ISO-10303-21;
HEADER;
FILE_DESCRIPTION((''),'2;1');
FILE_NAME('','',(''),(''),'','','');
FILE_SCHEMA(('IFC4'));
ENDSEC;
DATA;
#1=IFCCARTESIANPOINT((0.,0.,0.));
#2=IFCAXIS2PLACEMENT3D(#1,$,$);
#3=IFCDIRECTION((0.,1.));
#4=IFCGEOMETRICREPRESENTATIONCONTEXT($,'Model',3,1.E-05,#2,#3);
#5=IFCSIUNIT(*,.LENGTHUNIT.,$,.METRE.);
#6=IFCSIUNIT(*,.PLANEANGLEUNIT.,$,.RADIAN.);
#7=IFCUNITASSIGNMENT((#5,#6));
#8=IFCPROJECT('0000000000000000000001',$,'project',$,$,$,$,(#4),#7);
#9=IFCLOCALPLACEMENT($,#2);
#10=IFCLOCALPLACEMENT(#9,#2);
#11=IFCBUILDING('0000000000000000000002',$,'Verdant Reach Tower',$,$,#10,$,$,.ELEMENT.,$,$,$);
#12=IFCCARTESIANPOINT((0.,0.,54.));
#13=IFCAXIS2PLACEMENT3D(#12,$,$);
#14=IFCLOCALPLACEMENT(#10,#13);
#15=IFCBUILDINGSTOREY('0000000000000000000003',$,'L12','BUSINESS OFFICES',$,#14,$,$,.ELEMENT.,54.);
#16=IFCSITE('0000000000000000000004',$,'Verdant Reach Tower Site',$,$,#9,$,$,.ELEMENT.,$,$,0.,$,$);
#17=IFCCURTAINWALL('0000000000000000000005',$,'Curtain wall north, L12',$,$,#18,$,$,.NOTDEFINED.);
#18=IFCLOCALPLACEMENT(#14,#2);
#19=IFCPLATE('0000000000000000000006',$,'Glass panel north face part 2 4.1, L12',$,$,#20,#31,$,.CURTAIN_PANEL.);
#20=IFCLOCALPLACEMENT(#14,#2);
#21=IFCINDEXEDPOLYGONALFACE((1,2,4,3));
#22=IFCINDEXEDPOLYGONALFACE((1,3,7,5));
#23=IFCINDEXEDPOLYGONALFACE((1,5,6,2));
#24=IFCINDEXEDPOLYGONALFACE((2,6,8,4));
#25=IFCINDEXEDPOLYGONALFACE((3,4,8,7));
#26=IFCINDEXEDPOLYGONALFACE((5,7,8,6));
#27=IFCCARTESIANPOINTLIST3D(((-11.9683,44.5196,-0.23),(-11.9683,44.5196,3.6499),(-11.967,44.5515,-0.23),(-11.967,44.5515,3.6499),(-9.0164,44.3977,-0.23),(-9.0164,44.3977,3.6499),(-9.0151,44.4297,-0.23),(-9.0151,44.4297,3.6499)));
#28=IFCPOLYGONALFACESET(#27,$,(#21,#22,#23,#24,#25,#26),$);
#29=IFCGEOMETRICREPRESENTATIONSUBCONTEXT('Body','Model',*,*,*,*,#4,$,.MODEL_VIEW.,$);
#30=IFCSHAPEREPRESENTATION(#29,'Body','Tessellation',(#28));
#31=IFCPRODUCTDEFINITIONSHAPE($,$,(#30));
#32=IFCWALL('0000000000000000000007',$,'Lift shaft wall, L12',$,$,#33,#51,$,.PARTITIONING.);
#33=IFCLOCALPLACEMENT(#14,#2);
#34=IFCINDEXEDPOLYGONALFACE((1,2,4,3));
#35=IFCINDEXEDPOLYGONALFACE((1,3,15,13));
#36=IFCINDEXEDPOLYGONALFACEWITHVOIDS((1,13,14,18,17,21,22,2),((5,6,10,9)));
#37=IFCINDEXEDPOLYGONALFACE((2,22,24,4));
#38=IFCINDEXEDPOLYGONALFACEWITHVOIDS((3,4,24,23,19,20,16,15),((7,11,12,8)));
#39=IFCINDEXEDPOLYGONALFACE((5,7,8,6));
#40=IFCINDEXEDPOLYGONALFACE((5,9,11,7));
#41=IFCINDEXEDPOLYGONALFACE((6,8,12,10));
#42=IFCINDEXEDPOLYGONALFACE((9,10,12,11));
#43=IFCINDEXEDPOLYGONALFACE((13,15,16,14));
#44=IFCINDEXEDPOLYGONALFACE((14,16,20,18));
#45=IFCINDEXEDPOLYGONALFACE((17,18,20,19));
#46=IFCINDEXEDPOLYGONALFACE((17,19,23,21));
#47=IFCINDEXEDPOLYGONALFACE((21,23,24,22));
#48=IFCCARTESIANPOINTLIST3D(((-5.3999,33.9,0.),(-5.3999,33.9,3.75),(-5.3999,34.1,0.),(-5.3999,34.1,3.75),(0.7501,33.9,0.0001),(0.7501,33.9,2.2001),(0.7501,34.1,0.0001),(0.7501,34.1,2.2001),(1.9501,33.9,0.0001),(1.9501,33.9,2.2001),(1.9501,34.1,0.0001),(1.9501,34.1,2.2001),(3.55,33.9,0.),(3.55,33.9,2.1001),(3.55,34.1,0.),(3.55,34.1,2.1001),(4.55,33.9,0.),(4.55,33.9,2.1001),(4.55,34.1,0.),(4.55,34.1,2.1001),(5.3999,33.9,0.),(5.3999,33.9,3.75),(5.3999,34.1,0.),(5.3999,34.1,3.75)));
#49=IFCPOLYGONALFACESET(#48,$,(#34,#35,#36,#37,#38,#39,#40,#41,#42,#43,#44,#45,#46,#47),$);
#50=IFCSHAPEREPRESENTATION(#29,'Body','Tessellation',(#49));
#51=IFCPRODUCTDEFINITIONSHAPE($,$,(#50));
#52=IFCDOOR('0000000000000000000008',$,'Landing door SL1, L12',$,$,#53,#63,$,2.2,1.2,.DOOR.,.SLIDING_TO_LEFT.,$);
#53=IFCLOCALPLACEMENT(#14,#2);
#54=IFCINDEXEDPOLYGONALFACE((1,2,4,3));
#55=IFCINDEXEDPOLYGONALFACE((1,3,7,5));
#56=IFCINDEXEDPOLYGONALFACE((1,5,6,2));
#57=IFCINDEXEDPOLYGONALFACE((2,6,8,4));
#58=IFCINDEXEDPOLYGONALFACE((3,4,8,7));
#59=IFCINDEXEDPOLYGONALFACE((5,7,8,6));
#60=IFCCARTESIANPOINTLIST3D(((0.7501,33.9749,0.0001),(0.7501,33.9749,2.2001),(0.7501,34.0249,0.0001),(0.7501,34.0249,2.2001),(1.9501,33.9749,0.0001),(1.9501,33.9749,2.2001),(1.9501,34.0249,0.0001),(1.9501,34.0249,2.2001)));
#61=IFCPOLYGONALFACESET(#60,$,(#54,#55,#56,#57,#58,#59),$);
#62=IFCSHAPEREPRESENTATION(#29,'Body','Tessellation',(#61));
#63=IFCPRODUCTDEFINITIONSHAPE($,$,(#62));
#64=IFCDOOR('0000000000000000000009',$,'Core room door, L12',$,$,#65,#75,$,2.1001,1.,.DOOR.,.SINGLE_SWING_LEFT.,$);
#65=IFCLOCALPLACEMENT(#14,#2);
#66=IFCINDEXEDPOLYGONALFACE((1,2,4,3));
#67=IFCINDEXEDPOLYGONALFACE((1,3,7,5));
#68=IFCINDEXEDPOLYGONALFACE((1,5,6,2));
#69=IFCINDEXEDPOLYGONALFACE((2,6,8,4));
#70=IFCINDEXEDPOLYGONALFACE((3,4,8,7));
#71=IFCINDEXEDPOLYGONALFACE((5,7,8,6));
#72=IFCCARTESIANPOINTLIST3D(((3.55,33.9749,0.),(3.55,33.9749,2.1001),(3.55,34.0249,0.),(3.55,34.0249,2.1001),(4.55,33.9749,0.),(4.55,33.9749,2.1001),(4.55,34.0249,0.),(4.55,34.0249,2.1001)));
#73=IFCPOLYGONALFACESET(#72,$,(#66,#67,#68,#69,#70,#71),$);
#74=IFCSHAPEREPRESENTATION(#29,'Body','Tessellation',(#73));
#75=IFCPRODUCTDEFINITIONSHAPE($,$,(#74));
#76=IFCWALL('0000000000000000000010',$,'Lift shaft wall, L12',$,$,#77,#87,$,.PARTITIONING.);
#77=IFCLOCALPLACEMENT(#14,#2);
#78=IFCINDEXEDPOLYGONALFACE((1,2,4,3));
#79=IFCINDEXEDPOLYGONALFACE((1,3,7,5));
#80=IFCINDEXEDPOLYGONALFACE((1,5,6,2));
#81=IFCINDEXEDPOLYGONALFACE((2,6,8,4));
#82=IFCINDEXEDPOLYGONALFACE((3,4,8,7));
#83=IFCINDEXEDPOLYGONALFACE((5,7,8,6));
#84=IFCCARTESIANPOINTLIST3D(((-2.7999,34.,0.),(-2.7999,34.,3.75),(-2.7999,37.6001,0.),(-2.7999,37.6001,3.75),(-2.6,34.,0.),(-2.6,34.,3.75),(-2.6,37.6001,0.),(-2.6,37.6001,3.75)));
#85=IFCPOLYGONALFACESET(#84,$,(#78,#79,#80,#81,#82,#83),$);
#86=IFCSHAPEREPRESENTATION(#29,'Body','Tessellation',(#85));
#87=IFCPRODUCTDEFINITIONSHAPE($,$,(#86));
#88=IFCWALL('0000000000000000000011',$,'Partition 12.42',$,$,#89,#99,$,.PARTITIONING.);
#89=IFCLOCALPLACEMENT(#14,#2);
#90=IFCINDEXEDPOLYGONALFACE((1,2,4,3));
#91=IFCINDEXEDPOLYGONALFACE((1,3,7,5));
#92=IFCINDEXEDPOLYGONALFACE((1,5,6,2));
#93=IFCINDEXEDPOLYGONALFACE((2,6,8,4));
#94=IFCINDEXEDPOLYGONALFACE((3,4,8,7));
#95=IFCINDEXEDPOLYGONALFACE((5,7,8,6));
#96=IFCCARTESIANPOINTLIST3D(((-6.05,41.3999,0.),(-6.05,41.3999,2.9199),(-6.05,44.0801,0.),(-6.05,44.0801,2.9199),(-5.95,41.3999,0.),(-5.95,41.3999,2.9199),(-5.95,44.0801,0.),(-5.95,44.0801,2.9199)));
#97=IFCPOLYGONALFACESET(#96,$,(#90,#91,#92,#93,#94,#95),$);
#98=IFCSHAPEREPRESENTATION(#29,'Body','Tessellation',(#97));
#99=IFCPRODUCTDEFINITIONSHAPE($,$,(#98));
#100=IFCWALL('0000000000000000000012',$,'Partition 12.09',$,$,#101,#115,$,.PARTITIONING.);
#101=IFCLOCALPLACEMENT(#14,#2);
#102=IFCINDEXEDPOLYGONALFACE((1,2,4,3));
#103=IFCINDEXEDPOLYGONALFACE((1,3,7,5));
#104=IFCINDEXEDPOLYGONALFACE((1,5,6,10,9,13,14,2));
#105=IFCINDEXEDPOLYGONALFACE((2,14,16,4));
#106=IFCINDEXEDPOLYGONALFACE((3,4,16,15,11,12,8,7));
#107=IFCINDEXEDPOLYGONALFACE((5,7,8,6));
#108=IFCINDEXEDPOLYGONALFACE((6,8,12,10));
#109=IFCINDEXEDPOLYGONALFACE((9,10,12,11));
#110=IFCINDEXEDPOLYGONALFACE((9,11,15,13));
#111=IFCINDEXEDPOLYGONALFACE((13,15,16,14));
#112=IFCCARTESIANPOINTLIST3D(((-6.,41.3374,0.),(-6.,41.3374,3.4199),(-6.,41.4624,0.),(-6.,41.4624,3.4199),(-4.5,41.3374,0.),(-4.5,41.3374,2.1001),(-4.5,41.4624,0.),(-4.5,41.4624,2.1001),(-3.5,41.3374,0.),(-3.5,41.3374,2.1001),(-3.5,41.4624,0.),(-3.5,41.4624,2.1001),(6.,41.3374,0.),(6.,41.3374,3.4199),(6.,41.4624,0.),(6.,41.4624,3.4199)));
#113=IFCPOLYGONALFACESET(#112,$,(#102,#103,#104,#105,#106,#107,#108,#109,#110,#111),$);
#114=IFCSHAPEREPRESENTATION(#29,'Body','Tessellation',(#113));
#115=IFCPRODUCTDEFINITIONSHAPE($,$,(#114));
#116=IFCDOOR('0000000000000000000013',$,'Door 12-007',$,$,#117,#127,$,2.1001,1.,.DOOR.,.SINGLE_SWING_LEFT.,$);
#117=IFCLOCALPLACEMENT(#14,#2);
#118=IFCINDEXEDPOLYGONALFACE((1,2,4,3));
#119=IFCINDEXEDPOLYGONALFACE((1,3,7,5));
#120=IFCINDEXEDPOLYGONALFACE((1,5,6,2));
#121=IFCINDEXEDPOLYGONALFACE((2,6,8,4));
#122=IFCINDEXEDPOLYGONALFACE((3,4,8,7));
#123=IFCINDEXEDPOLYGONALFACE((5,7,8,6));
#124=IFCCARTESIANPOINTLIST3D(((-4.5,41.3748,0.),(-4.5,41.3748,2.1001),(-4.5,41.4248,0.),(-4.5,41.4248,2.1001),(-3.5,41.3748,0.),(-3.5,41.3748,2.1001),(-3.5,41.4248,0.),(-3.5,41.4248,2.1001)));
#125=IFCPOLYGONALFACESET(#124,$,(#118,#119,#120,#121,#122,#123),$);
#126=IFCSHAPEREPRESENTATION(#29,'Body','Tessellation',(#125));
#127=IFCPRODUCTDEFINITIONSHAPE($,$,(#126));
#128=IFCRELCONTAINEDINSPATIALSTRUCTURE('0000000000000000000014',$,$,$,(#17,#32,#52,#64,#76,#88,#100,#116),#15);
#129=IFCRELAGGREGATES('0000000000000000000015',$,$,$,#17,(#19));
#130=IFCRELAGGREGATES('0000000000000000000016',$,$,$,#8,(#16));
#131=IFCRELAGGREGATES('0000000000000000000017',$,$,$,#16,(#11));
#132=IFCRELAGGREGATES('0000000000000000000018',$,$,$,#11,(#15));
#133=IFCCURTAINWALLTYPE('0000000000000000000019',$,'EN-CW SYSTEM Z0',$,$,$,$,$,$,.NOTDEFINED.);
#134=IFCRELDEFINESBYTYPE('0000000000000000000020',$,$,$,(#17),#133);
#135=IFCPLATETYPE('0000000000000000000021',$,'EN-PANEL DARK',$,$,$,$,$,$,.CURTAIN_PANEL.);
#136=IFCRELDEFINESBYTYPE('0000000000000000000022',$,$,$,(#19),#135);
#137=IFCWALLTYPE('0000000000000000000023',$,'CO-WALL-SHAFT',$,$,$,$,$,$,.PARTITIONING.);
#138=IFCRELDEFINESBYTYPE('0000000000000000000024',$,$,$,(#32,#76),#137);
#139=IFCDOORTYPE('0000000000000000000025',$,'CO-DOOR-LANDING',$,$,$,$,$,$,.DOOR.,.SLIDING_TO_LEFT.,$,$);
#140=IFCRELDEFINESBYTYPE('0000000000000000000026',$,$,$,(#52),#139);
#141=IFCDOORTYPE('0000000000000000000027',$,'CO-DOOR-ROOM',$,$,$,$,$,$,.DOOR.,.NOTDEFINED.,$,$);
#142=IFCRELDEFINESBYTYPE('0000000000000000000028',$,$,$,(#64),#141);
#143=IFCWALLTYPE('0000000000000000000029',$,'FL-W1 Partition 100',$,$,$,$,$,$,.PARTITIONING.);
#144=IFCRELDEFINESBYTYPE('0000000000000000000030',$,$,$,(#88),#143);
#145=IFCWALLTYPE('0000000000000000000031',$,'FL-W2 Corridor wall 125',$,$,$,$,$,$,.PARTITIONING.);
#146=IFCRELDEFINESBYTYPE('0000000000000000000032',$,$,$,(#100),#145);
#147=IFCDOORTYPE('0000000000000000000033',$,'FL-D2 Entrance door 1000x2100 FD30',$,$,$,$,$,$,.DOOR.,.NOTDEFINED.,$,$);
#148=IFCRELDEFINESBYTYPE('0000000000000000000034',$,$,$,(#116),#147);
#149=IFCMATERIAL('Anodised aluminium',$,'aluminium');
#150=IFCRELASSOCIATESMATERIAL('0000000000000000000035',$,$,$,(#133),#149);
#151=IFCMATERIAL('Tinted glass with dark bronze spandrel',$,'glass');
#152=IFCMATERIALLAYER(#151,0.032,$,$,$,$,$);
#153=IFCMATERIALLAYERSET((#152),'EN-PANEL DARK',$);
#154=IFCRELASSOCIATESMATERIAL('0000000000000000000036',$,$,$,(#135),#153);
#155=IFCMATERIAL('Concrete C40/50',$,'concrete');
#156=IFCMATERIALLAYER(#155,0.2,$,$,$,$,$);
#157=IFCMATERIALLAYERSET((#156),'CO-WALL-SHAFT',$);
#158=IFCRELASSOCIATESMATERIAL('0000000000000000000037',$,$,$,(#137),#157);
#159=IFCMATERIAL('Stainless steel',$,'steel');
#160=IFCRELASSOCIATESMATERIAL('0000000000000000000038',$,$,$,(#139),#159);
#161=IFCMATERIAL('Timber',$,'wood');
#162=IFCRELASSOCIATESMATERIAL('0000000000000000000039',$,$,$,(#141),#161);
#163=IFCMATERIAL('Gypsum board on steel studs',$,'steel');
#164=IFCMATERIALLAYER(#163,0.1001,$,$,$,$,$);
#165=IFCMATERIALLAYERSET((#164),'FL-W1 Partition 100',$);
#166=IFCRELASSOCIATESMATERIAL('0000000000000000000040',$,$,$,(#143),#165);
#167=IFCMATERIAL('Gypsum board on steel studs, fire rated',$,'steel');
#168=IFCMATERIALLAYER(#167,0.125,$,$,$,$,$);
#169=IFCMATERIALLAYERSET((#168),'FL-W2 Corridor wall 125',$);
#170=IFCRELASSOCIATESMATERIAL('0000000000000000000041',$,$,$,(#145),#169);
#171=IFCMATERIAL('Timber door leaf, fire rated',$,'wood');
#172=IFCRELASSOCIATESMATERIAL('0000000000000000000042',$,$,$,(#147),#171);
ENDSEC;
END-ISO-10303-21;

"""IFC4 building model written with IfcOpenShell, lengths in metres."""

from ifc_helpers import new_model, si_unit, direction, frame, frame_2d, origin, origin_2d, place, context, subcontext, project, spatial, rectangle, extrude, material, layer, layer_set, type_object, element, fill, aggregate, save


model = new_model("IFC4")

# Units and contexts
model_context = context("Model", 3, precision=1e-05, world=origin(), true_north=direction((0.0, 1.0)))
body_context = subcontext(model_context, "Body", "Model", "MODEL_VIEW")
ifc_project = project(units=[si_unit("LENGTHUNIT", "METRE"), si_unit("PLANEANGLEUNIT", "RADIAN")], contexts=[model_context])

# Site, building, storey
site_placement = place(None, origin())
site = spatial("IfcSite", under=ifc_project, at=site_placement, Name="Verdant Reach Tower Site", CompositionType="ELEMENT", RefElevation=0.0)
building_placement = place(site_placement, origin())
building = spatial("IfcBuilding", under=site, at=building_placement, Name="Verdant Reach Tower", CompositionType="ELEMENT")
storey_placement = place(building_placement, frame((0.0, 0.0, 54.0)))
storey = spatial("IfcBuildingStorey", under=building, at=storey_placement, Name="L12", Description="BUSINESS OFFICES", CompositionType="ELEMENT", Elevation=54.0)

# Curtain wall
ifc_material_1 = material(Name="Anodised aluminium", Category="aluminium")
curtain_wall_type = type_object("IfcCurtainWallType", Name="EN-CW SYSTEM Z0", PredefinedType="NOTDEFINED", material=ifc_material_1)
curtain_wall_placement = place(storey_placement, origin())
curtain_wall = element("IfcCurtainWall", 1, at=curtain_wall_placement, inside=storey, type_object=curtain_wall_type, Name="Curtain wall north, L12", PredefinedType="NOTDEFINED")

# Plate
ifc_material_2 = material(Name="Tinted glass with dark bronze spandrel", Category="glass")
ifc_layer_1 = layer(ifc_material_2, 0.032)
ifc_layer_set_1 = layer_set([ifc_layer_1], Name="EN-PANEL DARK")
plate_type_1 = type_object("IfcPlateType", Name="EN-PANEL DARK", PredefinedType="CURTAIN_PANEL", material=ifc_layer_set_1)
plate_1_placement = place(storey_placement, frame((-10.4917, 44.4746, -0.23), z_axis=(0.0, 0.0, 1.0), x_axis=(-0.999149, 0.041242, 0.0)))
plate_1 = element("IfcPlate", 2, at=plate_1_placement, type_object=plate_type_1, Name="Glass panel north face part 2 4.1, L12", PredefinedType="CURTAIN_PANEL", context=body_context, shape_type="SweptSolid", body=[
    extrude(rectangle(XDim=2.9543, YDim=0.032, at=origin_2d()), origin(), (0.0, 0.0, 1.0), 3.8799),
])
aggregate(curtain_wall, [plate_1])

# Wall, openings, doors
ifc_material_3 = material(Name="Concrete C40/50", Category="concrete")
ifc_layer_2 = layer(ifc_material_3, 0.2)
ifc_layer_set_2 = layer_set([ifc_layer_2], Name="CO-WALL-SHAFT")
wall_type_1 = type_object("IfcWallType", Name="CO-WALL-SHAFT", PredefinedType="PARTITIONING", material=ifc_layer_set_2)
wall_1_placement = place(storey_placement, frame((-5.3999, 34.0, 0.0), z_axis=(0.0, 0.0, 1.0), x_axis=(1.0, 0.0, 0.0)))
wall_1 = element("IfcWall", 3, at=wall_1_placement, inside=storey, type_object=wall_type_1, Name="Lift shaft wall, L12", PredefinedType="PARTITIONING", context=body_context, shape_type="SweptSolid", body=[
    extrude(rectangle(XDim=10.7998, YDim=0.2, at=frame_2d((5.3999, 0.0))), origin(), (0.0, 0.0, 1.0), 3.75),
])
opening_1_placement = place(wall_1_placement, frame((6.1499, 0.0, 0.0)))
opening_1 = element("IfcOpeningElement", 4, at=opening_1_placement, cuts=wall_1, PredefinedType="OPENING", context=body_context, shape_type="SweptSolid", body=[
    extrude(rectangle(XDim=1.2, YDim=2.2, at=frame_2d((0.6001, 1.1001))), frame((0.0, 0.1099, 0.0), z_axis=(0.0, -1.0, 0.0), x_axis=(1.0, 0.0, 0.0)), (0.0, 0.0, 1.0), 0.22),
])
opening_2_placement = place(wall_1_placement, frame((8.95, 0.0, 0.0)))
opening_2 = element("IfcOpeningElement", 5, at=opening_2_placement, cuts=wall_1, PredefinedType="OPENING", context=body_context, shape_type="SweptSolid", body=[
    extrude(rectangle(XDim=1.0, YDim=2.1001, at=frame_2d((0.5, 1.05))), frame((0.0, 0.1099, 0.0), z_axis=(0.0, -1.0, 0.0), x_axis=(1.0, 0.0, 0.0)), (0.0, 0.0, 1.0), 0.22),
])
ifc_material_4 = material(Name="Stainless steel", Category="steel")
door_type_1 = type_object("IfcDoorType", Name="CO-DOOR-LANDING", OperationType="SLIDING_TO_LEFT", PredefinedType="DOOR", material=ifc_material_4)
door_1_placement = place(opening_1_placement, origin())
door_1 = element("IfcDoor", 6, at=door_1_placement, inside=storey, type_object=door_type_1, Name="Landing door SL1, L12", OperationType="SLIDING_TO_LEFT", OverallHeight=2.2, OverallWidth=1.2, PredefinedType="DOOR", context=body_context, shape_type="SweptSolid", body=[
    extrude(rectangle(XDim=1.2, YDim=2.2, at=frame_2d((0.6001, 1.1001))), frame((0.0, 0.0249, 0.0), z_axis=(0.0, -1.0, 0.0), x_axis=(1.0, 0.0, 0.0)), (0.0, 0.0, 1.0), 0.05),
])
fill(opening_1, door_1)
ifc_material_5 = material(Name="Timber", Category="wood")
door_type_2 = type_object("IfcDoorType", Name="CO-DOOR-ROOM", OperationType="NOTDEFINED", PredefinedType="DOOR", material=ifc_material_5)
door_2_placement = place(opening_2_placement, origin())
door_2 = element("IfcDoor", 7, at=door_2_placement, inside=storey, type_object=door_type_2, Name="Core room door, L12", OperationType="SINGLE_SWING_LEFT", OverallHeight=2.1001, OverallWidth=1.0, PredefinedType="DOOR", context=body_context, shape_type="SweptSolid", body=[
    extrude(rectangle(XDim=1.0, YDim=2.1001, at=frame_2d((0.5, 1.05))), frame((0.0, 0.0249, 0.0), z_axis=(0.0, -1.0, 0.0), x_axis=(1.0, 0.0, 0.0)), (0.0, 0.0, 1.0), 0.05),
])
fill(opening_2, door_2)

# Walls
wall_2_placement = place(storey_placement, frame((-2.7, 34.0, 0.0), z_axis=(0.0, 0.0, 1.0), x_axis=(0.0, 1.0, 0.0)))
element("IfcWall", 8, at=wall_2_placement, inside=storey, type_object=wall_type_1, Name="Lift shaft wall, L12", PredefinedType="PARTITIONING", context=body_context, shape_type="SweptSolid", body=[
    extrude(rectangle(XDim=3.6001, YDim=0.2, at=frame_2d((1.8, 0.0))), origin(), (0.0, 0.0, 1.0), 3.75),
])
ifc_material_6 = material(Name="Gypsum board on steel studs", Category="steel")
ifc_layer_3 = layer(ifc_material_6, 0.1001)
ifc_layer_set_3 = layer_set([ifc_layer_3], Name="FL-W1 Partition 100")
wall_type_2 = type_object("IfcWallType", Name="FL-W1 Partition 100", PredefinedType="PARTITIONING", material=ifc_layer_set_3)
wall_3_placement = place(storey_placement, frame((-6.0, 41.3999, 0.0), z_axis=(0.0, 0.0, 1.0), x_axis=(0.0, 1.0, 0.0)))
element("IfcWall", 9, at=wall_3_placement, inside=storey, type_object=wall_type_2, Name="Partition 12.42", PredefinedType="PARTITIONING", context=body_context, shape_type="SweptSolid", body=[
    extrude(rectangle(XDim=2.6802, YDim=0.1001, at=frame_2d((1.3401, 0.0))), origin(), (0.0, 0.0, 1.0), 2.9199),
])

# Wall, opening, door
ifc_material_7 = material(Name="Gypsum board on steel studs, fire rated", Category="steel")
ifc_layer_4 = layer(ifc_material_7, 0.125)
ifc_layer_set_4 = layer_set([ifc_layer_4], Name="FL-W2 Corridor wall 125")
wall_type_3 = type_object("IfcWallType", Name="FL-W2 Corridor wall 125", PredefinedType="PARTITIONING", material=ifc_layer_set_4)
wall_4_placement = place(storey_placement, frame((-6.0, 41.3999, 0.0), z_axis=(0.0, 0.0, 1.0), x_axis=(1.0, 0.0, 0.0)))
wall_4 = element("IfcWall", 10, at=wall_4_placement, inside=storey, type_object=wall_type_3, Name="Partition 12.09", PredefinedType="PARTITIONING", context=body_context, shape_type="SweptSolid", body=[
    extrude(rectangle(XDim=12.0, YDim=0.125, at=frame_2d((6.0, 0.0))), origin(), (0.0, 0.0, 1.0), 3.4199),
])
opening_3_placement = place(wall_4_placement, frame((1.5, 0.0, 0.0)))
opening_3 = element("IfcOpeningElement", 11, at=opening_3_placement, cuts=wall_4, PredefinedType="OPENING", context=body_context, shape_type="SweptSolid", body=[
    extrude(rectangle(XDim=1.0, YDim=2.1001, at=frame_2d((0.5, 1.05))), frame((0.0, 0.0725, 0.0), z_axis=(0.0, -1.0, 0.0), x_axis=(1.0, 0.0, 0.0)), (0.0, 0.0, 1.0), 0.145),
])
ifc_material_8 = material(Name="Timber door leaf, fire rated", Category="wood")
door_type_3 = type_object("IfcDoorType", Name="FL-D2 Entrance door 1000x2100 FD30", OperationType="NOTDEFINED", PredefinedType="DOOR", material=ifc_material_8)
door_3_placement = place(opening_3_placement, origin())
door_3 = element("IfcDoor", 12, at=door_3_placement, inside=storey, type_object=door_type_3, Name="Door 12-007", OperationType="SINGLE_SWING_LEFT", OverallHeight=2.1001, OverallWidth=1.0, PredefinedType="DOOR", context=body_context, shape_type="SweptSolid", body=[
    extrude(rectangle(XDim=1.0, YDim=2.1001, at=frame_2d((0.5, 1.05))), frame((0.0, 0.0249, 0.0), z_axis=(0.0, -1.0, 0.0), x_axis=(1.0, 0.0, 0.0)), (0.0, 0.0, 1.0), 0.05),
])
fill(opening_3, door_3)

save(model, "model.ifc")
